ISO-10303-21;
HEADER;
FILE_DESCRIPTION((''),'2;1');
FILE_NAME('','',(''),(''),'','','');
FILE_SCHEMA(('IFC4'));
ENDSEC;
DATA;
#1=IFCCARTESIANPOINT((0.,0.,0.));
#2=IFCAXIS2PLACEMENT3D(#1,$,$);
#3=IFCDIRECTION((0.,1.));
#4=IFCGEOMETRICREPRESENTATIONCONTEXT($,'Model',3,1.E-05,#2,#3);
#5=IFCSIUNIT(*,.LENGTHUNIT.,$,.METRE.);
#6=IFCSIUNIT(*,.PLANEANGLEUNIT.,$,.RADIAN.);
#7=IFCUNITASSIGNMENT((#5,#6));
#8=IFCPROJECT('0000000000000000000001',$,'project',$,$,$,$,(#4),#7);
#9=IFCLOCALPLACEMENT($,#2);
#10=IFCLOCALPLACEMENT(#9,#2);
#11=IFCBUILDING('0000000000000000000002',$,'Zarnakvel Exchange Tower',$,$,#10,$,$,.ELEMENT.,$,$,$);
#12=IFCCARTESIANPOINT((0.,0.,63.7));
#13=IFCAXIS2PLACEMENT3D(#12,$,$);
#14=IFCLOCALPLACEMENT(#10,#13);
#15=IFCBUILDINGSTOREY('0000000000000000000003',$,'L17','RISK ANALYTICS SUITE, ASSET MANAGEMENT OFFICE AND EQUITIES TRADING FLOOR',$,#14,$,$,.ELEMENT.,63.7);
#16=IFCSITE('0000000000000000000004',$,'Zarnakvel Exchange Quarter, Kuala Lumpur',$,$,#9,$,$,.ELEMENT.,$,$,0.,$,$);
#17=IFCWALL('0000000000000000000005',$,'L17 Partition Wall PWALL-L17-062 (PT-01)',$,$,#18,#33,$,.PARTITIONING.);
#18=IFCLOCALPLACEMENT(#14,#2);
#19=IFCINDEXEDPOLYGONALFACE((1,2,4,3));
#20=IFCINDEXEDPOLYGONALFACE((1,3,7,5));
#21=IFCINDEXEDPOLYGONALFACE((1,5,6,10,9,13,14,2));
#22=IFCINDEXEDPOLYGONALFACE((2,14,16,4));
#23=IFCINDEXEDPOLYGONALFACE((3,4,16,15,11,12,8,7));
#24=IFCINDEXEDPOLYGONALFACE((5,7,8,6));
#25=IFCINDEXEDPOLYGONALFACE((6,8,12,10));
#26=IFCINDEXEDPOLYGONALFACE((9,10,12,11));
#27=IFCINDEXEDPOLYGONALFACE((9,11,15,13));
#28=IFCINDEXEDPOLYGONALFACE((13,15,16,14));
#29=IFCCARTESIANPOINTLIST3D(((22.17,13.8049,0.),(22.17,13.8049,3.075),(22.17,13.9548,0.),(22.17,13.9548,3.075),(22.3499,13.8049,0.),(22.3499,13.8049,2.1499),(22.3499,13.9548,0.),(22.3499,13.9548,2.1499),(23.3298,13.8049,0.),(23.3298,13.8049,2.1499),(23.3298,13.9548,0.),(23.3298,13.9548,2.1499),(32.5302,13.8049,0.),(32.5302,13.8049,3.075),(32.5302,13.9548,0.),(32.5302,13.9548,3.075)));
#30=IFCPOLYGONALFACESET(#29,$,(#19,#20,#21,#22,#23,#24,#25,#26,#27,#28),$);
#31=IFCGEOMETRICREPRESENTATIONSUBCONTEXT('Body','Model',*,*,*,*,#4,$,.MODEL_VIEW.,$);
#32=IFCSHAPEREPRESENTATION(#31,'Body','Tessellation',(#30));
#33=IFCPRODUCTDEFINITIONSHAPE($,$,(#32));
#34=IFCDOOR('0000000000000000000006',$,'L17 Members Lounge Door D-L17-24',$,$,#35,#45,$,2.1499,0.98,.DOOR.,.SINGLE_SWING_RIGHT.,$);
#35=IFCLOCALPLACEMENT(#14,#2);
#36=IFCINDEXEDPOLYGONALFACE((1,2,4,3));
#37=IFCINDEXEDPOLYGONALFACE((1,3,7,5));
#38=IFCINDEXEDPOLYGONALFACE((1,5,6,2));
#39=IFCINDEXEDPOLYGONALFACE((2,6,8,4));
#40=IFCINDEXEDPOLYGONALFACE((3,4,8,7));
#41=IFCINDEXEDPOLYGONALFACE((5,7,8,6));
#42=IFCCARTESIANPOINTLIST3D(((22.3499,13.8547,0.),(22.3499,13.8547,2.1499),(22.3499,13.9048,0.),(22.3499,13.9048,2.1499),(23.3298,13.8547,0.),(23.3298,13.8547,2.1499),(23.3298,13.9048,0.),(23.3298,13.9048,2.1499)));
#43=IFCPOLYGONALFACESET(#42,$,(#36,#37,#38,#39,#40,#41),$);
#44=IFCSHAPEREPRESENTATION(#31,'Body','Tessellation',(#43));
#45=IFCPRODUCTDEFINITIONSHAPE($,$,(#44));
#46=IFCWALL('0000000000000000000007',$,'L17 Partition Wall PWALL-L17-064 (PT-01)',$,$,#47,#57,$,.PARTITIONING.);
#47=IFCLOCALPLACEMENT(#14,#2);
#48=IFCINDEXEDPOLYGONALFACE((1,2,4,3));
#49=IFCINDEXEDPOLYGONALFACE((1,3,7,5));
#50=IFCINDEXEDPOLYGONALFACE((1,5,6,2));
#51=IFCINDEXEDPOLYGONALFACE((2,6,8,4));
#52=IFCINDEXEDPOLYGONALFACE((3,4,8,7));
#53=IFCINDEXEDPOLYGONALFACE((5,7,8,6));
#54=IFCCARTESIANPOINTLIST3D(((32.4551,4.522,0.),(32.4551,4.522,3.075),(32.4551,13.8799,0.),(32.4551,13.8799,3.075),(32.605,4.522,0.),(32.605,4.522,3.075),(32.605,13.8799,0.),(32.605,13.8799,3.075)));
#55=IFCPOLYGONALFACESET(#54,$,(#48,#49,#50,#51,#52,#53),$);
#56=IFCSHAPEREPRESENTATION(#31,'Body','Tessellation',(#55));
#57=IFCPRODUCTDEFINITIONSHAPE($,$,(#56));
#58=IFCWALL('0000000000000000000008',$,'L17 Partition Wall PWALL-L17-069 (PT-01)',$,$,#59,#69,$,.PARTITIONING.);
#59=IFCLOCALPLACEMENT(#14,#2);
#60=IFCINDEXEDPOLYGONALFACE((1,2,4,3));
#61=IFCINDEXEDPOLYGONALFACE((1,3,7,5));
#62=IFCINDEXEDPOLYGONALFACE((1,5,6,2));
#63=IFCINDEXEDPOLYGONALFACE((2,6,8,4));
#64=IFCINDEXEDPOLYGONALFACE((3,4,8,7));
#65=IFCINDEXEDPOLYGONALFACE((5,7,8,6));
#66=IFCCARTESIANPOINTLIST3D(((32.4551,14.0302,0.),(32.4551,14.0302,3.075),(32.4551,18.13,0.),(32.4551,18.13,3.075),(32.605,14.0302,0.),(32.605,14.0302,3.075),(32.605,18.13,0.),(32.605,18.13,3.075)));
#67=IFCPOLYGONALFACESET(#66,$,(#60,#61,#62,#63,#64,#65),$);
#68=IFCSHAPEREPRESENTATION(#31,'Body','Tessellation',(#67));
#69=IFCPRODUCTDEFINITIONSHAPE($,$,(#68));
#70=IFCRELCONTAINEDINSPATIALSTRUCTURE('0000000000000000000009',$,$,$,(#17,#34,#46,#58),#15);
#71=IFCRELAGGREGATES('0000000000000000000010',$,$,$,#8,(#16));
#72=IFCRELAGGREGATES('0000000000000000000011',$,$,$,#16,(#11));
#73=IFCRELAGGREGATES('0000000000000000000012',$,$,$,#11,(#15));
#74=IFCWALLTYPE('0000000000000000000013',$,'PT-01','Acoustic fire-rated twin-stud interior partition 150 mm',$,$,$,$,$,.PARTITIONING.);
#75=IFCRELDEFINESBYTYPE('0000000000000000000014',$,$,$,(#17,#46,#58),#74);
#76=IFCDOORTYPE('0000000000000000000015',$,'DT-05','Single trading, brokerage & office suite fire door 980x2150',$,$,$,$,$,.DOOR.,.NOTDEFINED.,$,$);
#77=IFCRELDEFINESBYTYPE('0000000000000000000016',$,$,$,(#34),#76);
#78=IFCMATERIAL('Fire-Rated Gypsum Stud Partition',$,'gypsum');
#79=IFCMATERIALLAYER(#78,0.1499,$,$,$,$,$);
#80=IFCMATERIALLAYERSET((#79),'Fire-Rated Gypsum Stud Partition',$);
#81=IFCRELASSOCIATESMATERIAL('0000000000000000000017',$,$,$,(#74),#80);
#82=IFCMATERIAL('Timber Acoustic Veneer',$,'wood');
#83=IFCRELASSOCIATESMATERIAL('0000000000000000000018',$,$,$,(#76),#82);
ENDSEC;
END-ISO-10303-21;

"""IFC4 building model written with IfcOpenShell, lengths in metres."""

from ifc_helpers import new_model, si_unit, direction, frame, frame_2d, origin, place, context, subcontext, project, spatial, rectangle, extrude, source, transform, mapped, material, layer, layer_set, type_object, element, fill, save


model = new_model("IFC4")

# Units and contexts
model_context = context("Model", 3, precision=1e-05, world=origin(), true_north=direction((0.0, 1.0)))
body_context = subcontext(model_context, "Body", "Model", "MODEL_VIEW")
ifc_project = project(units=[si_unit("LENGTHUNIT", "METRE"), si_unit("PLANEANGLEUNIT", "RADIAN")], contexts=[model_context])

# Site, building, storey
site_placement = place(None, origin())
site = spatial("IfcSite", under=ifc_project, at=site_placement, Name="Zarnakvel Exchange Quarter, Kuala Lumpur", CompositionType="ELEMENT", RefElevation=0.0)
building_placement = place(site_placement, origin())
building = spatial("IfcBuilding", under=site, at=building_placement, Name="Zarnakvel Exchange Tower", CompositionType="ELEMENT")
storey_placement = place(building_placement, frame((0.0, 0.0, 63.7)))
storey = spatial("IfcBuildingStorey", under=building, at=storey_placement, Name="L17", Description="RISK ANALYTICS SUITE, ASSET MANAGEMENT OFFICE AND EQUITIES TRADING FLOOR", CompositionType="ELEMENT", Elevation=63.7)

# Shared definitions
ifc_material_1 = material(Name="Fire-Rated Gypsum Stud Partition", Category="gypsum")
ifc_layer_1 = layer(ifc_material_1, 0.1499)
ifc_layer_set_1 = layer_set([ifc_layer_1], Name="Fire-Rated Gypsum Stud Partition")
wall_type_1 = type_object("IfcWallType", Name="PT-01", Description="Acoustic fire-rated twin-stud interior partition 150 mm", PredefinedType="PARTITIONING", material=ifc_layer_set_1)

# Wall, opening, door
wall_1_placement = place(storey_placement, frame((22.1699, 13.8799, 0.0), z_axis=(0.0, 0.0, 1.0), x_axis=(1.0, 0.0, 0.0)))
wall_1 = element("IfcWall", 1, at=wall_1_placement, inside=storey, type_object=wall_type_1, Name="L17 Partition Wall PWALL-L17-062 (PT-01)", PredefinedType="PARTITIONING", context=body_context, shape_type="SweptSolid", body=[
    extrude(rectangle(XDim=10.3601, YDim=0.1499, at=frame_2d((5.1802, 0.0))), origin(), (0.0, 0.0, 1.0), 3.075),
])
opening_placement = place(wall_1_placement, frame((0.1799, 0.0, 0.0)))
opening = element("IfcOpeningElement", 2, at=opening_placement, cuts=wall_1, PredefinedType="OPENING", context=body_context, shape_type="SweptSolid", body=[
    extrude(rectangle(XDim=0.98, YDim=2.1499, at=frame_2d((0.49, 1.075))), frame((0.0, 0.085, 0.0), z_axis=(0.0, -1.0, 0.0), x_axis=(1.0, 0.0, 0.0)), (0.0, 0.0, 1.0), 0.1699),
])
ifc_material_2 = material(Name="Timber Acoustic Veneer", Category="wood")
door_type = type_object("IfcDoorType", Name="DT-05", Description="Single trading, brokerage & office suite fire door 980x2150", OperationType="NOTDEFINED", PredefinedType="DOOR", material=ifc_material_2)
shared_shape_1 = source(origin(), body_context, "Body", "SweptSolid", [
    extrude(rectangle(XDim=0.98, YDim=2.1499, at=frame_2d((0.49, 1.075))), frame((0.0, 0.0249, 0.0), z_axis=(0.0, -1.0, 0.0), x_axis=(1.0, 0.0, 0.0)), (0.0, 0.0, 1.0), 0.05),
])
door_placement = place(opening_placement, origin())
door = element("IfcDoor", 3, at=door_placement, inside=storey, type_object=door_type, Name="L17 Members Lounge Door D-L17-24", OperationType="SINGLE_SWING_RIGHT", OverallHeight=2.1499, OverallWidth=0.98, PredefinedType="DOOR", context=body_context, shape_type="MappedRepresentation", body=[
    mapped(shared_shape_1, transform((0.0, 0.0, 0.0), x_axis=(1.0, 0.0, 0.0), y_axis=(0.0, 1.0, 0.0), z_axis=(0.0, 0.0, 1.0), scale=1.0)),
])
fill(opening, door)

# Walls
wall_2_placement = place(storey_placement, frame((32.53, 13.8799, 0.0), z_axis=(0.0, 0.0, 1.0), x_axis=(0.0, -1.0, 0.0)))
element("IfcWall", 4, at=wall_2_placement, inside=storey, type_object=wall_type_1, Name="L17 Partition Wall PWALL-L17-064 (PT-01)", PredefinedType="PARTITIONING", context=body_context, shape_type="SweptSolid", body=[
    extrude(rectangle(XDim=9.3579, YDim=0.1499, at=frame_2d((4.679, 0.0))), origin(), (0.0, 0.0, 1.0), 3.075),
])
wall_3_placement = place(storey_placement, frame((32.53, 18.1299, 0.0), z_axis=(0.0, 0.0, 1.0), x_axis=(0.0, -1.0, 0.0)))
element("IfcWall", 5, at=wall_3_placement, inside=storey, type_object=wall_type_1, Name="L17 Partition Wall PWALL-L17-069 (PT-01)", PredefinedType="PARTITIONING", context=body_context, shape_type="SweptSolid", body=[
    extrude(rectangle(XDim=4.0999, YDim=0.1499, at=frame_2d((2.0498, 0.0))), origin(), (0.0, 0.0, 1.0), 3.075),
])

save(model, "model.ifc")
